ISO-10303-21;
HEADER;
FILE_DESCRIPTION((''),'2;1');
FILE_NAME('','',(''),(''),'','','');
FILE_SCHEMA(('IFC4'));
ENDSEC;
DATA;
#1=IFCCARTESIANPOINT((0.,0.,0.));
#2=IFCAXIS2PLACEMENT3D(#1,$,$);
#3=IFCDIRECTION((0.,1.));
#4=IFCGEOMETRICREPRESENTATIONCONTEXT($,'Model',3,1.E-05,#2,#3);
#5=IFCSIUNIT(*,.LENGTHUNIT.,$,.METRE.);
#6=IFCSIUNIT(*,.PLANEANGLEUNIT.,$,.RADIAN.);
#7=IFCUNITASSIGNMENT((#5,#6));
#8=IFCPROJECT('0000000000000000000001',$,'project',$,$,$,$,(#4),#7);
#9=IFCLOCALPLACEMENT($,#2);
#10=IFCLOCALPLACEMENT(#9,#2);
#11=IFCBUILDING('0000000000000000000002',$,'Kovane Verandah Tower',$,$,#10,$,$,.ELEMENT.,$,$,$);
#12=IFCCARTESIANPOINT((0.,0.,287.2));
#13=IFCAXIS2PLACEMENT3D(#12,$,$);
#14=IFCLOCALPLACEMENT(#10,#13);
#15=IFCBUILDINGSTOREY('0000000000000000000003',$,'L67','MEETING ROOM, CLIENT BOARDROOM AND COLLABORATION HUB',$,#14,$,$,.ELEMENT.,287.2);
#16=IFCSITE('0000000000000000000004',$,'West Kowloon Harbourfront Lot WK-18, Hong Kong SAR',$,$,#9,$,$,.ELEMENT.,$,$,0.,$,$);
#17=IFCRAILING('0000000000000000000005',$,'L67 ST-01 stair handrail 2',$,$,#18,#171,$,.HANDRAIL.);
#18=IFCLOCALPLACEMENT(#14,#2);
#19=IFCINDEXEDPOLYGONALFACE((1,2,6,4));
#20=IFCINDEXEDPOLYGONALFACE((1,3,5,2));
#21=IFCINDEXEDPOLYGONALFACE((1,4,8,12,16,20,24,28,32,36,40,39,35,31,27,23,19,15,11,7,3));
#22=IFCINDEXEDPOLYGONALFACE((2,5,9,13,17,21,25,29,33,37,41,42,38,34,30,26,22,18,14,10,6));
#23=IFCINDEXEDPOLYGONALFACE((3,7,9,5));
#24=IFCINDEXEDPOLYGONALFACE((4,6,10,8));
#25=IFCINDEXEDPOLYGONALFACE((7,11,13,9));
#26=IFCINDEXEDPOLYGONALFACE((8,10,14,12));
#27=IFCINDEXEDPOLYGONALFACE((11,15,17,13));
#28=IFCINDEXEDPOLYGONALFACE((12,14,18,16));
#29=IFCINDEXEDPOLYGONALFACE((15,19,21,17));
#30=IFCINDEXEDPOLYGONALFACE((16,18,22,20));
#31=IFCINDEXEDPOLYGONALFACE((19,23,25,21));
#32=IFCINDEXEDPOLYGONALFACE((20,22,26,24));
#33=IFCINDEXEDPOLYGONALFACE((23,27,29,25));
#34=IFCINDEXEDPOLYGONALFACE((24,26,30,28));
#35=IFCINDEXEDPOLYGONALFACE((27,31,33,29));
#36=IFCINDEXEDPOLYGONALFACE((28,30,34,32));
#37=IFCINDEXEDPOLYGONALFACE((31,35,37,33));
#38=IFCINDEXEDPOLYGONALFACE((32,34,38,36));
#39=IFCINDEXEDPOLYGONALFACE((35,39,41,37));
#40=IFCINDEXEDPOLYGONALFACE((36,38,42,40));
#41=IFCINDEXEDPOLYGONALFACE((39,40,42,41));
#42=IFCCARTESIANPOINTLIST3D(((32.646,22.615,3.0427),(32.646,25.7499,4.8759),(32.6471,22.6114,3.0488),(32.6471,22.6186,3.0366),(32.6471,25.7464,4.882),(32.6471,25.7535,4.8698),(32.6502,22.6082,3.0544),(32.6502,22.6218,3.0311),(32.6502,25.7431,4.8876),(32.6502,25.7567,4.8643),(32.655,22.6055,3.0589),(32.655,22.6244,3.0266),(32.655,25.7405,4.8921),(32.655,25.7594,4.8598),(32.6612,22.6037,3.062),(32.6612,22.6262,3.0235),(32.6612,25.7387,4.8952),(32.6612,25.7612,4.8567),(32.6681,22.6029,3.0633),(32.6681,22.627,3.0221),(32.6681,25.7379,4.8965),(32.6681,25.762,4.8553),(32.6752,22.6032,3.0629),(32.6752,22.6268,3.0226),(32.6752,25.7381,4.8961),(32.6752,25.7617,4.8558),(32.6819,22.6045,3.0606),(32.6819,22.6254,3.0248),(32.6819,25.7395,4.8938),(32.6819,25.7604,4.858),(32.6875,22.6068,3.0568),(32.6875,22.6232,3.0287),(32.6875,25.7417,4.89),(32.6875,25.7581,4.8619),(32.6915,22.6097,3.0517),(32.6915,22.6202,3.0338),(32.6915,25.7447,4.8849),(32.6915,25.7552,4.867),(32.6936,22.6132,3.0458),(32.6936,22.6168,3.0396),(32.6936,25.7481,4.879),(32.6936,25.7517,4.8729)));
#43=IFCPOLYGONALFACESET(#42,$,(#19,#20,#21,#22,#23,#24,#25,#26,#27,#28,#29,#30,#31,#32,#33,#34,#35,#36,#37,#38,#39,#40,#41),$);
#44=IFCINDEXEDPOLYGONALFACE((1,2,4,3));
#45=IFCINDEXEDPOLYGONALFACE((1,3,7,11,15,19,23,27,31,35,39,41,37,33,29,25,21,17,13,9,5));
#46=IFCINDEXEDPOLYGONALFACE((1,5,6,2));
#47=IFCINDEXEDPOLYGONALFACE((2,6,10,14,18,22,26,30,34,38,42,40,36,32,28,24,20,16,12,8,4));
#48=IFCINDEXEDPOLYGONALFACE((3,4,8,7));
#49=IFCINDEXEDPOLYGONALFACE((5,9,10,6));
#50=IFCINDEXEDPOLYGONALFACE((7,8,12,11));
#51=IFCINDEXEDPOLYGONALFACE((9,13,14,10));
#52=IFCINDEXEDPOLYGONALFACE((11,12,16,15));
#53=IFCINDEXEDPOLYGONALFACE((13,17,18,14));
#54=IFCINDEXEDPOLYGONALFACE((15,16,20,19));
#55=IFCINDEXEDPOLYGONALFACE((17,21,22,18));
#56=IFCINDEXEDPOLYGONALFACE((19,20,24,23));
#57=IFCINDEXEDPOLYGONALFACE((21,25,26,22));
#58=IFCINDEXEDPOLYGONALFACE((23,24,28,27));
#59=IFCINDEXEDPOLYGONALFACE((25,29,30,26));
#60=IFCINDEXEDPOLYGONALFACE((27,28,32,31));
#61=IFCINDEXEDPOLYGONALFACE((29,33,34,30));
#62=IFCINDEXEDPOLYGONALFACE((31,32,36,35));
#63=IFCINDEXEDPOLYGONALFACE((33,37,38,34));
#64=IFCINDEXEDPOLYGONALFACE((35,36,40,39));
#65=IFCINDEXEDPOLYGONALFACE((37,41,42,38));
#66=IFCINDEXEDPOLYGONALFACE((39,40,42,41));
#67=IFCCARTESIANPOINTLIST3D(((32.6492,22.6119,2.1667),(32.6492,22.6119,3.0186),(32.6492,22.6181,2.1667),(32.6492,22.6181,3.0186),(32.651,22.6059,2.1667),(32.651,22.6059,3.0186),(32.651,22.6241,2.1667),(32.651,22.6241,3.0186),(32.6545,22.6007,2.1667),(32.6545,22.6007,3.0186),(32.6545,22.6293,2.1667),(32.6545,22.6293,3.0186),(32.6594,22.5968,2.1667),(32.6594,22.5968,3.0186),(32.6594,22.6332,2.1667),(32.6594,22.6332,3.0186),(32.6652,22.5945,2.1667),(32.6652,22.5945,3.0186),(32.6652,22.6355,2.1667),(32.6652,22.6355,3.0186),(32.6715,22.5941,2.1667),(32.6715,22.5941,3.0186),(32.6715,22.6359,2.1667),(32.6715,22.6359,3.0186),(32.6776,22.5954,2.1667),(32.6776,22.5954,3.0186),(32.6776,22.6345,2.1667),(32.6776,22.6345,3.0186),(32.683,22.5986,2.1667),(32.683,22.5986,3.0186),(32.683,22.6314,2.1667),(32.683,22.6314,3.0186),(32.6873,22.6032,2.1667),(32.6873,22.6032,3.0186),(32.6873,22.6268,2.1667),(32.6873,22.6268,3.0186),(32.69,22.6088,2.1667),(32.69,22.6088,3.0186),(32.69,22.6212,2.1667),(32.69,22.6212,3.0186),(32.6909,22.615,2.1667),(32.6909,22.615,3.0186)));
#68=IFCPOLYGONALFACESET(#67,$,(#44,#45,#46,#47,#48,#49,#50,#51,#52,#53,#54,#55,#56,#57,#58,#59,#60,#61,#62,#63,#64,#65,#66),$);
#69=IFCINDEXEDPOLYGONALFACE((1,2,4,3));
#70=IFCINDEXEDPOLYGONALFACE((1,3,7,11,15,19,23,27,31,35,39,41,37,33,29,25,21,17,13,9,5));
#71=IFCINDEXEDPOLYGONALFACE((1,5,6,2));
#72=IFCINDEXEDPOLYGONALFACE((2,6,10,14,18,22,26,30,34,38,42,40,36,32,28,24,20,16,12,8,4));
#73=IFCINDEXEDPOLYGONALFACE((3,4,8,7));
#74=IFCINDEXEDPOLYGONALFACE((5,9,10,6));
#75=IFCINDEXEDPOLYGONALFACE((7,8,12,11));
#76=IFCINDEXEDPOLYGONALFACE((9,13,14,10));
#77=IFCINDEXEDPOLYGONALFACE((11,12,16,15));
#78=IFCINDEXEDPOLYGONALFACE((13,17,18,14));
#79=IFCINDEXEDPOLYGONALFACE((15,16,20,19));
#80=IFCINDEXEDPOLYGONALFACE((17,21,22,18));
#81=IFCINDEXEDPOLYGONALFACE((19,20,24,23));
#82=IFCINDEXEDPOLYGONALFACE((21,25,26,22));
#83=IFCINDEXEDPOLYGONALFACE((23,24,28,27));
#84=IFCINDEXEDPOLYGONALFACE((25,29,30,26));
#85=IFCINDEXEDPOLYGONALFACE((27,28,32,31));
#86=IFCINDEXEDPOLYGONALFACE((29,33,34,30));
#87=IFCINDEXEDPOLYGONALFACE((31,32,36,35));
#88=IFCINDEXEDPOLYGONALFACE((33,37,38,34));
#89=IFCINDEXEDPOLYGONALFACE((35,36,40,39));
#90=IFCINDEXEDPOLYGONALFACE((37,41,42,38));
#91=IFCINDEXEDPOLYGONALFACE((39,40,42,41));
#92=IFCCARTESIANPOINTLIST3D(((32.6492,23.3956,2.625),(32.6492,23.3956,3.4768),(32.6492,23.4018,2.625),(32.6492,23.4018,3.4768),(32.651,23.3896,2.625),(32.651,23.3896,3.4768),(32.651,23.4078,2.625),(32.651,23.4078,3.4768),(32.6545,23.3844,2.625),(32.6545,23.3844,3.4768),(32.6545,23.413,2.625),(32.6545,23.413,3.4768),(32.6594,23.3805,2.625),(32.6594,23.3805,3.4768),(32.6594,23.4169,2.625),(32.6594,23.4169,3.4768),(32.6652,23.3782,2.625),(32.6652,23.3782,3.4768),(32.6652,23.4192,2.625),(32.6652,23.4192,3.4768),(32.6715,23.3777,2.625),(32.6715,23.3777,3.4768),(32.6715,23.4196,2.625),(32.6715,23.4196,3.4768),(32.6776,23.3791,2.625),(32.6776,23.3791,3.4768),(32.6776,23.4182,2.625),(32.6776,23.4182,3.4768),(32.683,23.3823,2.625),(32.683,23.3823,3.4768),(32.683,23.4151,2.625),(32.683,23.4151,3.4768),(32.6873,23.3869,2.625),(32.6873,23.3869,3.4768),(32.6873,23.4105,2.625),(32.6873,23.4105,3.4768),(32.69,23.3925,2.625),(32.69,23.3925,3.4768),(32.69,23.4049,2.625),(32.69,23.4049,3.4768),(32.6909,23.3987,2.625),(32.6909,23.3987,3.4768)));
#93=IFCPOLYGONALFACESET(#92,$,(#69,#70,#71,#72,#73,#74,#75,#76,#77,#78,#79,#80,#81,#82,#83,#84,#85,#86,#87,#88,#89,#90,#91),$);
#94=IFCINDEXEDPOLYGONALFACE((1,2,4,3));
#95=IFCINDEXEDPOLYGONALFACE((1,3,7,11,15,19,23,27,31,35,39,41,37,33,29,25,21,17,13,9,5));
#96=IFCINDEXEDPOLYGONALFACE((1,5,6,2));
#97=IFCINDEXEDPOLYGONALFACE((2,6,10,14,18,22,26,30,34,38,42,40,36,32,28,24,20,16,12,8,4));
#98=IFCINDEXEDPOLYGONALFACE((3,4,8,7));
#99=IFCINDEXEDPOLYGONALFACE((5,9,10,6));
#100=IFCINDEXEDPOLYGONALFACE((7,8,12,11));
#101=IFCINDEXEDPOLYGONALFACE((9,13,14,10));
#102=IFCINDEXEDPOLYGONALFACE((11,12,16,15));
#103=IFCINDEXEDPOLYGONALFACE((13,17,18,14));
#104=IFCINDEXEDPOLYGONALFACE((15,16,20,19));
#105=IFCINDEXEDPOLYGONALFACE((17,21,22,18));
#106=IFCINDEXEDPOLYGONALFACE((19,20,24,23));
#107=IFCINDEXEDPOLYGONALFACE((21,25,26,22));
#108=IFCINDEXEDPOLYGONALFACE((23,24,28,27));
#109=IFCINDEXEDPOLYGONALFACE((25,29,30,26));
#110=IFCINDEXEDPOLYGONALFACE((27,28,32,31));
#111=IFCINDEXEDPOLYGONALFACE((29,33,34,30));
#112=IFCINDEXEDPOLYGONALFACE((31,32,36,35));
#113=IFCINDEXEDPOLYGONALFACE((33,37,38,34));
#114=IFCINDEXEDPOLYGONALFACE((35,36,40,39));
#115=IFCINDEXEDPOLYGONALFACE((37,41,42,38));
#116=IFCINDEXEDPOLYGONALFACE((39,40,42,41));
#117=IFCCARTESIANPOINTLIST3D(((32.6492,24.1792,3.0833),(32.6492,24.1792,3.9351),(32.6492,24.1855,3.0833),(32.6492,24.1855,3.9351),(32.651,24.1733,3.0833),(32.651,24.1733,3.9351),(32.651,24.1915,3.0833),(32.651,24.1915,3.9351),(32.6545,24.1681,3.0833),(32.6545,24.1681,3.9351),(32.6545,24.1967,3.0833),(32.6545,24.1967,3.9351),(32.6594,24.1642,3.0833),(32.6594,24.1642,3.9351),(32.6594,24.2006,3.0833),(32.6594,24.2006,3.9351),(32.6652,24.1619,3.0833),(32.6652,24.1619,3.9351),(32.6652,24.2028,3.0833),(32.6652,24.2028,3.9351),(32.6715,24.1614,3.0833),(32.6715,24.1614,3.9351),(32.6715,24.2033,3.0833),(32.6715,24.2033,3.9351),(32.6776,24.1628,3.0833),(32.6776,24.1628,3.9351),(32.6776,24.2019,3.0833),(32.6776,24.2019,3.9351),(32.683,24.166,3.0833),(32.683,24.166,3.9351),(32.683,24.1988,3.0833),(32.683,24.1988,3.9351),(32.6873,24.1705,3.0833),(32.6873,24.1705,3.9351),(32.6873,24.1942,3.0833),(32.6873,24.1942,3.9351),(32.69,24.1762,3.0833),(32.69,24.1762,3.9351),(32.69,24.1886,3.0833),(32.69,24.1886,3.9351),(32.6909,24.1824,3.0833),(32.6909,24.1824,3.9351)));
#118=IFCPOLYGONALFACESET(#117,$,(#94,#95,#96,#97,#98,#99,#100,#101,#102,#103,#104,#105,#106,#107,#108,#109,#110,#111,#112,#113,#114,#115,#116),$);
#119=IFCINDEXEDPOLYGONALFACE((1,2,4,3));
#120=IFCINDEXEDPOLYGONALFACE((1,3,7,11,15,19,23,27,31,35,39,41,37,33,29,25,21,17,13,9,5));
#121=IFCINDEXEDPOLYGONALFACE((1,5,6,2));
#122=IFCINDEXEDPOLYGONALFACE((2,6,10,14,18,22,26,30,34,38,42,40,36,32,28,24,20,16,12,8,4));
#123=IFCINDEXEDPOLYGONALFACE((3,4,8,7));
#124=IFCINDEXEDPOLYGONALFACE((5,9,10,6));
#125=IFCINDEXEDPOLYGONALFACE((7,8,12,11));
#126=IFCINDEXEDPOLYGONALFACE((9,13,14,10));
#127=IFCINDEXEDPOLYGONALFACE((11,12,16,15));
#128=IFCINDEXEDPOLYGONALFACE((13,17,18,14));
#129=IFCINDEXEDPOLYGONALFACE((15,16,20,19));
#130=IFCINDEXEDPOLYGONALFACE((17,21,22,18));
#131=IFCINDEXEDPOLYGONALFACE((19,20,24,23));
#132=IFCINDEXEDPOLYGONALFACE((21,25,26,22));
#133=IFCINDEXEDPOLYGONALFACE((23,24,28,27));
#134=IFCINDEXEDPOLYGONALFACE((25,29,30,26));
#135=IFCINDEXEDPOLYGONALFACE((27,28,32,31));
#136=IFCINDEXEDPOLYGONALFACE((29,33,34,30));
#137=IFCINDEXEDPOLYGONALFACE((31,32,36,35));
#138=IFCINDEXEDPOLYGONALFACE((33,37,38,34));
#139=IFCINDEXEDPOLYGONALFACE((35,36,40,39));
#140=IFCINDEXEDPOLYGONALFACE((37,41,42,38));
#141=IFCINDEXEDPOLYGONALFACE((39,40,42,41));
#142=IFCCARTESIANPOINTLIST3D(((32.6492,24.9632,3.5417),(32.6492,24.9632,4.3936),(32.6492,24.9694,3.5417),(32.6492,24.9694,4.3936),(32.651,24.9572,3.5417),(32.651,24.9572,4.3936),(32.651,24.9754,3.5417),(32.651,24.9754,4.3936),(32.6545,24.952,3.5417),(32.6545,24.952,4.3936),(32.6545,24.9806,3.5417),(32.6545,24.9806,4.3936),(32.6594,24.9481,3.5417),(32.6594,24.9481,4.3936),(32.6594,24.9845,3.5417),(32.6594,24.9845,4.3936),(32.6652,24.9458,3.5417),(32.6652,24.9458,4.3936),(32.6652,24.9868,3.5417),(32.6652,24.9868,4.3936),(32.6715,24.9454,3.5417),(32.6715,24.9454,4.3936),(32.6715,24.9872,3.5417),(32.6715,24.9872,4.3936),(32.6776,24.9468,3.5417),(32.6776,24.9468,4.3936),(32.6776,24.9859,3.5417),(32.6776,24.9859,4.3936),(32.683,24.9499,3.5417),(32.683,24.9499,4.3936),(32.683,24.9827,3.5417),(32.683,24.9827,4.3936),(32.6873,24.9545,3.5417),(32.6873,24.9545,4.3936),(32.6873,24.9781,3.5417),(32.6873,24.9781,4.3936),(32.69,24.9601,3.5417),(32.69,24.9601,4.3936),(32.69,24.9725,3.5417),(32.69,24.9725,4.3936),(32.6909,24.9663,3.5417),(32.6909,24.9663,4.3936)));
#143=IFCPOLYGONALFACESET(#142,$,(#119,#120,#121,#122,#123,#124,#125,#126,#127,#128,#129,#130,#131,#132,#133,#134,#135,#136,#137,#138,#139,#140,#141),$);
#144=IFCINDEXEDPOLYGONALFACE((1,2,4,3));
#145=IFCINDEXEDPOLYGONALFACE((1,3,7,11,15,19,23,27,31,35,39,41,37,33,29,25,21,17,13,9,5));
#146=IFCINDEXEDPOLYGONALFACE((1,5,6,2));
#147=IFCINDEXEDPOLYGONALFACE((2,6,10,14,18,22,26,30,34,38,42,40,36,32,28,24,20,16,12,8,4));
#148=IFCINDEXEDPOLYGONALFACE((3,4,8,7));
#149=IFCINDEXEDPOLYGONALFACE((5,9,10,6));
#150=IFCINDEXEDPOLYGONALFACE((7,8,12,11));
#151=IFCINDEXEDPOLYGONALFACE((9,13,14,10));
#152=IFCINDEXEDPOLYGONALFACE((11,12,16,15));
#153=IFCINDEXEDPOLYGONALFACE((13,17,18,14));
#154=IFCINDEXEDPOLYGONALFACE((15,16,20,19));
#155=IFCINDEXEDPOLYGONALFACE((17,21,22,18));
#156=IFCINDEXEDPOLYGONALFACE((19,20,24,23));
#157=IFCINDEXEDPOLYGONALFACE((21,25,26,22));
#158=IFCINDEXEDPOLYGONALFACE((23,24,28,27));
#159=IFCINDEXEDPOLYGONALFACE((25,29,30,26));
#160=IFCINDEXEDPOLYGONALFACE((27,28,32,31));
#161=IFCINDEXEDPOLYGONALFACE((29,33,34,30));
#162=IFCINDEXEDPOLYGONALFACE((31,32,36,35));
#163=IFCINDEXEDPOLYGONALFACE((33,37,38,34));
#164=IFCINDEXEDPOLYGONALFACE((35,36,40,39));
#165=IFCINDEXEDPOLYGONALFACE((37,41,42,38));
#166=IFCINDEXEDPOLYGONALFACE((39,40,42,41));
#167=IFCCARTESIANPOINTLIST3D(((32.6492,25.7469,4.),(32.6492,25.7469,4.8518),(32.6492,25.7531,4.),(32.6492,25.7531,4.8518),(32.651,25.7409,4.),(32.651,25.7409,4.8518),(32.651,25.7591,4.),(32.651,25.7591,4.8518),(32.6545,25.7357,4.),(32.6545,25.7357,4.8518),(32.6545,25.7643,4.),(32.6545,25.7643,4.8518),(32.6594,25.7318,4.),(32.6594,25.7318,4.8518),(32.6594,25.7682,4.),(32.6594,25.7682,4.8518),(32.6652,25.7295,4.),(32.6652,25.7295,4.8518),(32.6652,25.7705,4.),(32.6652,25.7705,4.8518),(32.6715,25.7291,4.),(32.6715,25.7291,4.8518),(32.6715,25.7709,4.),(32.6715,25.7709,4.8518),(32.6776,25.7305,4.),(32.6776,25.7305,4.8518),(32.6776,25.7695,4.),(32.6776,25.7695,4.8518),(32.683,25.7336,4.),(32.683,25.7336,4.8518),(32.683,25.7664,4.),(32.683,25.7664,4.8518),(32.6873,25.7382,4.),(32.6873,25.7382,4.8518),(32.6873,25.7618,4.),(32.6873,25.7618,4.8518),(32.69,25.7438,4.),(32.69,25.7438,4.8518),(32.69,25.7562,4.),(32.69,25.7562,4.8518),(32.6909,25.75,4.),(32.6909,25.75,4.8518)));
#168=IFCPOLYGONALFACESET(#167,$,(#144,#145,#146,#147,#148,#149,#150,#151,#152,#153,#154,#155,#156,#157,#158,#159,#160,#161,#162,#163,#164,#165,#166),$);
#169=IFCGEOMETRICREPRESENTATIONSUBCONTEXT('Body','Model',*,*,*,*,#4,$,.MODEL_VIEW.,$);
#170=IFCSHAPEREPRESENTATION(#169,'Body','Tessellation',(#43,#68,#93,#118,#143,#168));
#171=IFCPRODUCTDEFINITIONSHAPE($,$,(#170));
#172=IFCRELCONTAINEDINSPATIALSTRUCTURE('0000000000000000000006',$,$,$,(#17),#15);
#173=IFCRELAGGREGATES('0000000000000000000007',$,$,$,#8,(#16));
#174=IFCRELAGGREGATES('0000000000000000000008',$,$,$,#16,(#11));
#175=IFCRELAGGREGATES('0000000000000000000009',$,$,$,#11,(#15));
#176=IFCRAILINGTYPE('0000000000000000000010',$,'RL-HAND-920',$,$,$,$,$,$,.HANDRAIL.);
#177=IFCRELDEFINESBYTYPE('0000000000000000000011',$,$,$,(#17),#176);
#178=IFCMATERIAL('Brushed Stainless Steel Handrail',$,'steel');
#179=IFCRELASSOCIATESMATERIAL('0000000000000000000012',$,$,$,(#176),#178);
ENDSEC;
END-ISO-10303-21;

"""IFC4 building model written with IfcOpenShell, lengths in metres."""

from ifc_helpers import new_model, si_unit, direction, frame, origin, origin_2d, place, context, subcontext, project, spatial, circle, extrude, material, type_object, element, save


model = new_model("IFC4")

# Units and contexts
model_context = context("Model", 3, precision=1e-05, world=origin(), true_north=direction((0.0, 1.0)))
body_context = subcontext(model_context, "Body", "Model", "MODEL_VIEW")
ifc_project = project(units=[si_unit("LENGTHUNIT", "METRE"), si_unit("PLANEANGLEUNIT", "RADIAN")], contexts=[model_context])

# Site, building, storey
site_placement = place(None, origin())
site = spatial("IfcSite", under=ifc_project, at=site_placement, Name="West Kowloon Harbourfront Lot WK-18, Hong Kong SAR", CompositionType="ELEMENT", RefElevation=0.0)
building_placement = place(site_placement, origin())
building = spatial("IfcBuilding", under=site, at=building_placement, Name="Kovane Verandah Tower", CompositionType="ELEMENT")
storey_placement = place(building_placement, frame((0.0, 0.0, 287.2)))
storey = spatial("IfcBuildingStorey", under=building, at=storey_placement, Name="L67", Description="MEETING ROOM, CLIENT BOARDROOM AND COLLABORATION HUB", CompositionType="ELEMENT", Elevation=287.2)

# Railing
ifc_material_1 = material(Name="Brushed Stainless Steel Handrail", Category="steel")
railing_type = type_object("IfcRailingType", Name="RL-HAND-920", PredefinedType="HANDRAIL", material=ifc_material_1)
railing_placement = place(storey_placement, frame((32.6699, 22.615, 2.1667)))
element("IfcRailing", 1, at=railing_placement, inside=storey, type_object=railing_type, Name="L67 ST-01 stair handrail 2", PredefinedType="HANDRAIL", context=body_context, shape_type="SweptSolid", body=[
    extrude(circle(Radius=0.0239, at=origin_2d()), frame((0.0, 0.0, 0.876), z_axis=(0.0, 0.86324, 0.504794), x_axis=(-1.0, 0.0, 0.0)), (0.0, 0.0, 1.0), 3.6316),
    extrude(circle(Radius=0.021, at=origin_2d()), origin(), (0.0, 0.0, 1.0), 0.8518),
    extrude(circle(Radius=0.021, at=origin_2d()), frame((0.0, 0.7837, 0.4583)), (0.0, 0.0, 1.0), 0.8518),
    extrude(circle(Radius=0.021, at=origin_2d()), frame((0.0, 1.5674, 0.9165)), (0.0, 0.0, 1.0), 0.8518),
    extrude(circle(Radius=0.021, at=origin_2d()), frame((0.0, 2.3513, 1.375)), (0.0, 0.0, 1.0), 0.8518),
    extrude(circle(Radius=0.021, at=origin_2d()), frame((0.0, 3.135, 1.8333)), (0.0, 0.0, 1.0), 0.8518),
])

save(model, "model.ifc")
